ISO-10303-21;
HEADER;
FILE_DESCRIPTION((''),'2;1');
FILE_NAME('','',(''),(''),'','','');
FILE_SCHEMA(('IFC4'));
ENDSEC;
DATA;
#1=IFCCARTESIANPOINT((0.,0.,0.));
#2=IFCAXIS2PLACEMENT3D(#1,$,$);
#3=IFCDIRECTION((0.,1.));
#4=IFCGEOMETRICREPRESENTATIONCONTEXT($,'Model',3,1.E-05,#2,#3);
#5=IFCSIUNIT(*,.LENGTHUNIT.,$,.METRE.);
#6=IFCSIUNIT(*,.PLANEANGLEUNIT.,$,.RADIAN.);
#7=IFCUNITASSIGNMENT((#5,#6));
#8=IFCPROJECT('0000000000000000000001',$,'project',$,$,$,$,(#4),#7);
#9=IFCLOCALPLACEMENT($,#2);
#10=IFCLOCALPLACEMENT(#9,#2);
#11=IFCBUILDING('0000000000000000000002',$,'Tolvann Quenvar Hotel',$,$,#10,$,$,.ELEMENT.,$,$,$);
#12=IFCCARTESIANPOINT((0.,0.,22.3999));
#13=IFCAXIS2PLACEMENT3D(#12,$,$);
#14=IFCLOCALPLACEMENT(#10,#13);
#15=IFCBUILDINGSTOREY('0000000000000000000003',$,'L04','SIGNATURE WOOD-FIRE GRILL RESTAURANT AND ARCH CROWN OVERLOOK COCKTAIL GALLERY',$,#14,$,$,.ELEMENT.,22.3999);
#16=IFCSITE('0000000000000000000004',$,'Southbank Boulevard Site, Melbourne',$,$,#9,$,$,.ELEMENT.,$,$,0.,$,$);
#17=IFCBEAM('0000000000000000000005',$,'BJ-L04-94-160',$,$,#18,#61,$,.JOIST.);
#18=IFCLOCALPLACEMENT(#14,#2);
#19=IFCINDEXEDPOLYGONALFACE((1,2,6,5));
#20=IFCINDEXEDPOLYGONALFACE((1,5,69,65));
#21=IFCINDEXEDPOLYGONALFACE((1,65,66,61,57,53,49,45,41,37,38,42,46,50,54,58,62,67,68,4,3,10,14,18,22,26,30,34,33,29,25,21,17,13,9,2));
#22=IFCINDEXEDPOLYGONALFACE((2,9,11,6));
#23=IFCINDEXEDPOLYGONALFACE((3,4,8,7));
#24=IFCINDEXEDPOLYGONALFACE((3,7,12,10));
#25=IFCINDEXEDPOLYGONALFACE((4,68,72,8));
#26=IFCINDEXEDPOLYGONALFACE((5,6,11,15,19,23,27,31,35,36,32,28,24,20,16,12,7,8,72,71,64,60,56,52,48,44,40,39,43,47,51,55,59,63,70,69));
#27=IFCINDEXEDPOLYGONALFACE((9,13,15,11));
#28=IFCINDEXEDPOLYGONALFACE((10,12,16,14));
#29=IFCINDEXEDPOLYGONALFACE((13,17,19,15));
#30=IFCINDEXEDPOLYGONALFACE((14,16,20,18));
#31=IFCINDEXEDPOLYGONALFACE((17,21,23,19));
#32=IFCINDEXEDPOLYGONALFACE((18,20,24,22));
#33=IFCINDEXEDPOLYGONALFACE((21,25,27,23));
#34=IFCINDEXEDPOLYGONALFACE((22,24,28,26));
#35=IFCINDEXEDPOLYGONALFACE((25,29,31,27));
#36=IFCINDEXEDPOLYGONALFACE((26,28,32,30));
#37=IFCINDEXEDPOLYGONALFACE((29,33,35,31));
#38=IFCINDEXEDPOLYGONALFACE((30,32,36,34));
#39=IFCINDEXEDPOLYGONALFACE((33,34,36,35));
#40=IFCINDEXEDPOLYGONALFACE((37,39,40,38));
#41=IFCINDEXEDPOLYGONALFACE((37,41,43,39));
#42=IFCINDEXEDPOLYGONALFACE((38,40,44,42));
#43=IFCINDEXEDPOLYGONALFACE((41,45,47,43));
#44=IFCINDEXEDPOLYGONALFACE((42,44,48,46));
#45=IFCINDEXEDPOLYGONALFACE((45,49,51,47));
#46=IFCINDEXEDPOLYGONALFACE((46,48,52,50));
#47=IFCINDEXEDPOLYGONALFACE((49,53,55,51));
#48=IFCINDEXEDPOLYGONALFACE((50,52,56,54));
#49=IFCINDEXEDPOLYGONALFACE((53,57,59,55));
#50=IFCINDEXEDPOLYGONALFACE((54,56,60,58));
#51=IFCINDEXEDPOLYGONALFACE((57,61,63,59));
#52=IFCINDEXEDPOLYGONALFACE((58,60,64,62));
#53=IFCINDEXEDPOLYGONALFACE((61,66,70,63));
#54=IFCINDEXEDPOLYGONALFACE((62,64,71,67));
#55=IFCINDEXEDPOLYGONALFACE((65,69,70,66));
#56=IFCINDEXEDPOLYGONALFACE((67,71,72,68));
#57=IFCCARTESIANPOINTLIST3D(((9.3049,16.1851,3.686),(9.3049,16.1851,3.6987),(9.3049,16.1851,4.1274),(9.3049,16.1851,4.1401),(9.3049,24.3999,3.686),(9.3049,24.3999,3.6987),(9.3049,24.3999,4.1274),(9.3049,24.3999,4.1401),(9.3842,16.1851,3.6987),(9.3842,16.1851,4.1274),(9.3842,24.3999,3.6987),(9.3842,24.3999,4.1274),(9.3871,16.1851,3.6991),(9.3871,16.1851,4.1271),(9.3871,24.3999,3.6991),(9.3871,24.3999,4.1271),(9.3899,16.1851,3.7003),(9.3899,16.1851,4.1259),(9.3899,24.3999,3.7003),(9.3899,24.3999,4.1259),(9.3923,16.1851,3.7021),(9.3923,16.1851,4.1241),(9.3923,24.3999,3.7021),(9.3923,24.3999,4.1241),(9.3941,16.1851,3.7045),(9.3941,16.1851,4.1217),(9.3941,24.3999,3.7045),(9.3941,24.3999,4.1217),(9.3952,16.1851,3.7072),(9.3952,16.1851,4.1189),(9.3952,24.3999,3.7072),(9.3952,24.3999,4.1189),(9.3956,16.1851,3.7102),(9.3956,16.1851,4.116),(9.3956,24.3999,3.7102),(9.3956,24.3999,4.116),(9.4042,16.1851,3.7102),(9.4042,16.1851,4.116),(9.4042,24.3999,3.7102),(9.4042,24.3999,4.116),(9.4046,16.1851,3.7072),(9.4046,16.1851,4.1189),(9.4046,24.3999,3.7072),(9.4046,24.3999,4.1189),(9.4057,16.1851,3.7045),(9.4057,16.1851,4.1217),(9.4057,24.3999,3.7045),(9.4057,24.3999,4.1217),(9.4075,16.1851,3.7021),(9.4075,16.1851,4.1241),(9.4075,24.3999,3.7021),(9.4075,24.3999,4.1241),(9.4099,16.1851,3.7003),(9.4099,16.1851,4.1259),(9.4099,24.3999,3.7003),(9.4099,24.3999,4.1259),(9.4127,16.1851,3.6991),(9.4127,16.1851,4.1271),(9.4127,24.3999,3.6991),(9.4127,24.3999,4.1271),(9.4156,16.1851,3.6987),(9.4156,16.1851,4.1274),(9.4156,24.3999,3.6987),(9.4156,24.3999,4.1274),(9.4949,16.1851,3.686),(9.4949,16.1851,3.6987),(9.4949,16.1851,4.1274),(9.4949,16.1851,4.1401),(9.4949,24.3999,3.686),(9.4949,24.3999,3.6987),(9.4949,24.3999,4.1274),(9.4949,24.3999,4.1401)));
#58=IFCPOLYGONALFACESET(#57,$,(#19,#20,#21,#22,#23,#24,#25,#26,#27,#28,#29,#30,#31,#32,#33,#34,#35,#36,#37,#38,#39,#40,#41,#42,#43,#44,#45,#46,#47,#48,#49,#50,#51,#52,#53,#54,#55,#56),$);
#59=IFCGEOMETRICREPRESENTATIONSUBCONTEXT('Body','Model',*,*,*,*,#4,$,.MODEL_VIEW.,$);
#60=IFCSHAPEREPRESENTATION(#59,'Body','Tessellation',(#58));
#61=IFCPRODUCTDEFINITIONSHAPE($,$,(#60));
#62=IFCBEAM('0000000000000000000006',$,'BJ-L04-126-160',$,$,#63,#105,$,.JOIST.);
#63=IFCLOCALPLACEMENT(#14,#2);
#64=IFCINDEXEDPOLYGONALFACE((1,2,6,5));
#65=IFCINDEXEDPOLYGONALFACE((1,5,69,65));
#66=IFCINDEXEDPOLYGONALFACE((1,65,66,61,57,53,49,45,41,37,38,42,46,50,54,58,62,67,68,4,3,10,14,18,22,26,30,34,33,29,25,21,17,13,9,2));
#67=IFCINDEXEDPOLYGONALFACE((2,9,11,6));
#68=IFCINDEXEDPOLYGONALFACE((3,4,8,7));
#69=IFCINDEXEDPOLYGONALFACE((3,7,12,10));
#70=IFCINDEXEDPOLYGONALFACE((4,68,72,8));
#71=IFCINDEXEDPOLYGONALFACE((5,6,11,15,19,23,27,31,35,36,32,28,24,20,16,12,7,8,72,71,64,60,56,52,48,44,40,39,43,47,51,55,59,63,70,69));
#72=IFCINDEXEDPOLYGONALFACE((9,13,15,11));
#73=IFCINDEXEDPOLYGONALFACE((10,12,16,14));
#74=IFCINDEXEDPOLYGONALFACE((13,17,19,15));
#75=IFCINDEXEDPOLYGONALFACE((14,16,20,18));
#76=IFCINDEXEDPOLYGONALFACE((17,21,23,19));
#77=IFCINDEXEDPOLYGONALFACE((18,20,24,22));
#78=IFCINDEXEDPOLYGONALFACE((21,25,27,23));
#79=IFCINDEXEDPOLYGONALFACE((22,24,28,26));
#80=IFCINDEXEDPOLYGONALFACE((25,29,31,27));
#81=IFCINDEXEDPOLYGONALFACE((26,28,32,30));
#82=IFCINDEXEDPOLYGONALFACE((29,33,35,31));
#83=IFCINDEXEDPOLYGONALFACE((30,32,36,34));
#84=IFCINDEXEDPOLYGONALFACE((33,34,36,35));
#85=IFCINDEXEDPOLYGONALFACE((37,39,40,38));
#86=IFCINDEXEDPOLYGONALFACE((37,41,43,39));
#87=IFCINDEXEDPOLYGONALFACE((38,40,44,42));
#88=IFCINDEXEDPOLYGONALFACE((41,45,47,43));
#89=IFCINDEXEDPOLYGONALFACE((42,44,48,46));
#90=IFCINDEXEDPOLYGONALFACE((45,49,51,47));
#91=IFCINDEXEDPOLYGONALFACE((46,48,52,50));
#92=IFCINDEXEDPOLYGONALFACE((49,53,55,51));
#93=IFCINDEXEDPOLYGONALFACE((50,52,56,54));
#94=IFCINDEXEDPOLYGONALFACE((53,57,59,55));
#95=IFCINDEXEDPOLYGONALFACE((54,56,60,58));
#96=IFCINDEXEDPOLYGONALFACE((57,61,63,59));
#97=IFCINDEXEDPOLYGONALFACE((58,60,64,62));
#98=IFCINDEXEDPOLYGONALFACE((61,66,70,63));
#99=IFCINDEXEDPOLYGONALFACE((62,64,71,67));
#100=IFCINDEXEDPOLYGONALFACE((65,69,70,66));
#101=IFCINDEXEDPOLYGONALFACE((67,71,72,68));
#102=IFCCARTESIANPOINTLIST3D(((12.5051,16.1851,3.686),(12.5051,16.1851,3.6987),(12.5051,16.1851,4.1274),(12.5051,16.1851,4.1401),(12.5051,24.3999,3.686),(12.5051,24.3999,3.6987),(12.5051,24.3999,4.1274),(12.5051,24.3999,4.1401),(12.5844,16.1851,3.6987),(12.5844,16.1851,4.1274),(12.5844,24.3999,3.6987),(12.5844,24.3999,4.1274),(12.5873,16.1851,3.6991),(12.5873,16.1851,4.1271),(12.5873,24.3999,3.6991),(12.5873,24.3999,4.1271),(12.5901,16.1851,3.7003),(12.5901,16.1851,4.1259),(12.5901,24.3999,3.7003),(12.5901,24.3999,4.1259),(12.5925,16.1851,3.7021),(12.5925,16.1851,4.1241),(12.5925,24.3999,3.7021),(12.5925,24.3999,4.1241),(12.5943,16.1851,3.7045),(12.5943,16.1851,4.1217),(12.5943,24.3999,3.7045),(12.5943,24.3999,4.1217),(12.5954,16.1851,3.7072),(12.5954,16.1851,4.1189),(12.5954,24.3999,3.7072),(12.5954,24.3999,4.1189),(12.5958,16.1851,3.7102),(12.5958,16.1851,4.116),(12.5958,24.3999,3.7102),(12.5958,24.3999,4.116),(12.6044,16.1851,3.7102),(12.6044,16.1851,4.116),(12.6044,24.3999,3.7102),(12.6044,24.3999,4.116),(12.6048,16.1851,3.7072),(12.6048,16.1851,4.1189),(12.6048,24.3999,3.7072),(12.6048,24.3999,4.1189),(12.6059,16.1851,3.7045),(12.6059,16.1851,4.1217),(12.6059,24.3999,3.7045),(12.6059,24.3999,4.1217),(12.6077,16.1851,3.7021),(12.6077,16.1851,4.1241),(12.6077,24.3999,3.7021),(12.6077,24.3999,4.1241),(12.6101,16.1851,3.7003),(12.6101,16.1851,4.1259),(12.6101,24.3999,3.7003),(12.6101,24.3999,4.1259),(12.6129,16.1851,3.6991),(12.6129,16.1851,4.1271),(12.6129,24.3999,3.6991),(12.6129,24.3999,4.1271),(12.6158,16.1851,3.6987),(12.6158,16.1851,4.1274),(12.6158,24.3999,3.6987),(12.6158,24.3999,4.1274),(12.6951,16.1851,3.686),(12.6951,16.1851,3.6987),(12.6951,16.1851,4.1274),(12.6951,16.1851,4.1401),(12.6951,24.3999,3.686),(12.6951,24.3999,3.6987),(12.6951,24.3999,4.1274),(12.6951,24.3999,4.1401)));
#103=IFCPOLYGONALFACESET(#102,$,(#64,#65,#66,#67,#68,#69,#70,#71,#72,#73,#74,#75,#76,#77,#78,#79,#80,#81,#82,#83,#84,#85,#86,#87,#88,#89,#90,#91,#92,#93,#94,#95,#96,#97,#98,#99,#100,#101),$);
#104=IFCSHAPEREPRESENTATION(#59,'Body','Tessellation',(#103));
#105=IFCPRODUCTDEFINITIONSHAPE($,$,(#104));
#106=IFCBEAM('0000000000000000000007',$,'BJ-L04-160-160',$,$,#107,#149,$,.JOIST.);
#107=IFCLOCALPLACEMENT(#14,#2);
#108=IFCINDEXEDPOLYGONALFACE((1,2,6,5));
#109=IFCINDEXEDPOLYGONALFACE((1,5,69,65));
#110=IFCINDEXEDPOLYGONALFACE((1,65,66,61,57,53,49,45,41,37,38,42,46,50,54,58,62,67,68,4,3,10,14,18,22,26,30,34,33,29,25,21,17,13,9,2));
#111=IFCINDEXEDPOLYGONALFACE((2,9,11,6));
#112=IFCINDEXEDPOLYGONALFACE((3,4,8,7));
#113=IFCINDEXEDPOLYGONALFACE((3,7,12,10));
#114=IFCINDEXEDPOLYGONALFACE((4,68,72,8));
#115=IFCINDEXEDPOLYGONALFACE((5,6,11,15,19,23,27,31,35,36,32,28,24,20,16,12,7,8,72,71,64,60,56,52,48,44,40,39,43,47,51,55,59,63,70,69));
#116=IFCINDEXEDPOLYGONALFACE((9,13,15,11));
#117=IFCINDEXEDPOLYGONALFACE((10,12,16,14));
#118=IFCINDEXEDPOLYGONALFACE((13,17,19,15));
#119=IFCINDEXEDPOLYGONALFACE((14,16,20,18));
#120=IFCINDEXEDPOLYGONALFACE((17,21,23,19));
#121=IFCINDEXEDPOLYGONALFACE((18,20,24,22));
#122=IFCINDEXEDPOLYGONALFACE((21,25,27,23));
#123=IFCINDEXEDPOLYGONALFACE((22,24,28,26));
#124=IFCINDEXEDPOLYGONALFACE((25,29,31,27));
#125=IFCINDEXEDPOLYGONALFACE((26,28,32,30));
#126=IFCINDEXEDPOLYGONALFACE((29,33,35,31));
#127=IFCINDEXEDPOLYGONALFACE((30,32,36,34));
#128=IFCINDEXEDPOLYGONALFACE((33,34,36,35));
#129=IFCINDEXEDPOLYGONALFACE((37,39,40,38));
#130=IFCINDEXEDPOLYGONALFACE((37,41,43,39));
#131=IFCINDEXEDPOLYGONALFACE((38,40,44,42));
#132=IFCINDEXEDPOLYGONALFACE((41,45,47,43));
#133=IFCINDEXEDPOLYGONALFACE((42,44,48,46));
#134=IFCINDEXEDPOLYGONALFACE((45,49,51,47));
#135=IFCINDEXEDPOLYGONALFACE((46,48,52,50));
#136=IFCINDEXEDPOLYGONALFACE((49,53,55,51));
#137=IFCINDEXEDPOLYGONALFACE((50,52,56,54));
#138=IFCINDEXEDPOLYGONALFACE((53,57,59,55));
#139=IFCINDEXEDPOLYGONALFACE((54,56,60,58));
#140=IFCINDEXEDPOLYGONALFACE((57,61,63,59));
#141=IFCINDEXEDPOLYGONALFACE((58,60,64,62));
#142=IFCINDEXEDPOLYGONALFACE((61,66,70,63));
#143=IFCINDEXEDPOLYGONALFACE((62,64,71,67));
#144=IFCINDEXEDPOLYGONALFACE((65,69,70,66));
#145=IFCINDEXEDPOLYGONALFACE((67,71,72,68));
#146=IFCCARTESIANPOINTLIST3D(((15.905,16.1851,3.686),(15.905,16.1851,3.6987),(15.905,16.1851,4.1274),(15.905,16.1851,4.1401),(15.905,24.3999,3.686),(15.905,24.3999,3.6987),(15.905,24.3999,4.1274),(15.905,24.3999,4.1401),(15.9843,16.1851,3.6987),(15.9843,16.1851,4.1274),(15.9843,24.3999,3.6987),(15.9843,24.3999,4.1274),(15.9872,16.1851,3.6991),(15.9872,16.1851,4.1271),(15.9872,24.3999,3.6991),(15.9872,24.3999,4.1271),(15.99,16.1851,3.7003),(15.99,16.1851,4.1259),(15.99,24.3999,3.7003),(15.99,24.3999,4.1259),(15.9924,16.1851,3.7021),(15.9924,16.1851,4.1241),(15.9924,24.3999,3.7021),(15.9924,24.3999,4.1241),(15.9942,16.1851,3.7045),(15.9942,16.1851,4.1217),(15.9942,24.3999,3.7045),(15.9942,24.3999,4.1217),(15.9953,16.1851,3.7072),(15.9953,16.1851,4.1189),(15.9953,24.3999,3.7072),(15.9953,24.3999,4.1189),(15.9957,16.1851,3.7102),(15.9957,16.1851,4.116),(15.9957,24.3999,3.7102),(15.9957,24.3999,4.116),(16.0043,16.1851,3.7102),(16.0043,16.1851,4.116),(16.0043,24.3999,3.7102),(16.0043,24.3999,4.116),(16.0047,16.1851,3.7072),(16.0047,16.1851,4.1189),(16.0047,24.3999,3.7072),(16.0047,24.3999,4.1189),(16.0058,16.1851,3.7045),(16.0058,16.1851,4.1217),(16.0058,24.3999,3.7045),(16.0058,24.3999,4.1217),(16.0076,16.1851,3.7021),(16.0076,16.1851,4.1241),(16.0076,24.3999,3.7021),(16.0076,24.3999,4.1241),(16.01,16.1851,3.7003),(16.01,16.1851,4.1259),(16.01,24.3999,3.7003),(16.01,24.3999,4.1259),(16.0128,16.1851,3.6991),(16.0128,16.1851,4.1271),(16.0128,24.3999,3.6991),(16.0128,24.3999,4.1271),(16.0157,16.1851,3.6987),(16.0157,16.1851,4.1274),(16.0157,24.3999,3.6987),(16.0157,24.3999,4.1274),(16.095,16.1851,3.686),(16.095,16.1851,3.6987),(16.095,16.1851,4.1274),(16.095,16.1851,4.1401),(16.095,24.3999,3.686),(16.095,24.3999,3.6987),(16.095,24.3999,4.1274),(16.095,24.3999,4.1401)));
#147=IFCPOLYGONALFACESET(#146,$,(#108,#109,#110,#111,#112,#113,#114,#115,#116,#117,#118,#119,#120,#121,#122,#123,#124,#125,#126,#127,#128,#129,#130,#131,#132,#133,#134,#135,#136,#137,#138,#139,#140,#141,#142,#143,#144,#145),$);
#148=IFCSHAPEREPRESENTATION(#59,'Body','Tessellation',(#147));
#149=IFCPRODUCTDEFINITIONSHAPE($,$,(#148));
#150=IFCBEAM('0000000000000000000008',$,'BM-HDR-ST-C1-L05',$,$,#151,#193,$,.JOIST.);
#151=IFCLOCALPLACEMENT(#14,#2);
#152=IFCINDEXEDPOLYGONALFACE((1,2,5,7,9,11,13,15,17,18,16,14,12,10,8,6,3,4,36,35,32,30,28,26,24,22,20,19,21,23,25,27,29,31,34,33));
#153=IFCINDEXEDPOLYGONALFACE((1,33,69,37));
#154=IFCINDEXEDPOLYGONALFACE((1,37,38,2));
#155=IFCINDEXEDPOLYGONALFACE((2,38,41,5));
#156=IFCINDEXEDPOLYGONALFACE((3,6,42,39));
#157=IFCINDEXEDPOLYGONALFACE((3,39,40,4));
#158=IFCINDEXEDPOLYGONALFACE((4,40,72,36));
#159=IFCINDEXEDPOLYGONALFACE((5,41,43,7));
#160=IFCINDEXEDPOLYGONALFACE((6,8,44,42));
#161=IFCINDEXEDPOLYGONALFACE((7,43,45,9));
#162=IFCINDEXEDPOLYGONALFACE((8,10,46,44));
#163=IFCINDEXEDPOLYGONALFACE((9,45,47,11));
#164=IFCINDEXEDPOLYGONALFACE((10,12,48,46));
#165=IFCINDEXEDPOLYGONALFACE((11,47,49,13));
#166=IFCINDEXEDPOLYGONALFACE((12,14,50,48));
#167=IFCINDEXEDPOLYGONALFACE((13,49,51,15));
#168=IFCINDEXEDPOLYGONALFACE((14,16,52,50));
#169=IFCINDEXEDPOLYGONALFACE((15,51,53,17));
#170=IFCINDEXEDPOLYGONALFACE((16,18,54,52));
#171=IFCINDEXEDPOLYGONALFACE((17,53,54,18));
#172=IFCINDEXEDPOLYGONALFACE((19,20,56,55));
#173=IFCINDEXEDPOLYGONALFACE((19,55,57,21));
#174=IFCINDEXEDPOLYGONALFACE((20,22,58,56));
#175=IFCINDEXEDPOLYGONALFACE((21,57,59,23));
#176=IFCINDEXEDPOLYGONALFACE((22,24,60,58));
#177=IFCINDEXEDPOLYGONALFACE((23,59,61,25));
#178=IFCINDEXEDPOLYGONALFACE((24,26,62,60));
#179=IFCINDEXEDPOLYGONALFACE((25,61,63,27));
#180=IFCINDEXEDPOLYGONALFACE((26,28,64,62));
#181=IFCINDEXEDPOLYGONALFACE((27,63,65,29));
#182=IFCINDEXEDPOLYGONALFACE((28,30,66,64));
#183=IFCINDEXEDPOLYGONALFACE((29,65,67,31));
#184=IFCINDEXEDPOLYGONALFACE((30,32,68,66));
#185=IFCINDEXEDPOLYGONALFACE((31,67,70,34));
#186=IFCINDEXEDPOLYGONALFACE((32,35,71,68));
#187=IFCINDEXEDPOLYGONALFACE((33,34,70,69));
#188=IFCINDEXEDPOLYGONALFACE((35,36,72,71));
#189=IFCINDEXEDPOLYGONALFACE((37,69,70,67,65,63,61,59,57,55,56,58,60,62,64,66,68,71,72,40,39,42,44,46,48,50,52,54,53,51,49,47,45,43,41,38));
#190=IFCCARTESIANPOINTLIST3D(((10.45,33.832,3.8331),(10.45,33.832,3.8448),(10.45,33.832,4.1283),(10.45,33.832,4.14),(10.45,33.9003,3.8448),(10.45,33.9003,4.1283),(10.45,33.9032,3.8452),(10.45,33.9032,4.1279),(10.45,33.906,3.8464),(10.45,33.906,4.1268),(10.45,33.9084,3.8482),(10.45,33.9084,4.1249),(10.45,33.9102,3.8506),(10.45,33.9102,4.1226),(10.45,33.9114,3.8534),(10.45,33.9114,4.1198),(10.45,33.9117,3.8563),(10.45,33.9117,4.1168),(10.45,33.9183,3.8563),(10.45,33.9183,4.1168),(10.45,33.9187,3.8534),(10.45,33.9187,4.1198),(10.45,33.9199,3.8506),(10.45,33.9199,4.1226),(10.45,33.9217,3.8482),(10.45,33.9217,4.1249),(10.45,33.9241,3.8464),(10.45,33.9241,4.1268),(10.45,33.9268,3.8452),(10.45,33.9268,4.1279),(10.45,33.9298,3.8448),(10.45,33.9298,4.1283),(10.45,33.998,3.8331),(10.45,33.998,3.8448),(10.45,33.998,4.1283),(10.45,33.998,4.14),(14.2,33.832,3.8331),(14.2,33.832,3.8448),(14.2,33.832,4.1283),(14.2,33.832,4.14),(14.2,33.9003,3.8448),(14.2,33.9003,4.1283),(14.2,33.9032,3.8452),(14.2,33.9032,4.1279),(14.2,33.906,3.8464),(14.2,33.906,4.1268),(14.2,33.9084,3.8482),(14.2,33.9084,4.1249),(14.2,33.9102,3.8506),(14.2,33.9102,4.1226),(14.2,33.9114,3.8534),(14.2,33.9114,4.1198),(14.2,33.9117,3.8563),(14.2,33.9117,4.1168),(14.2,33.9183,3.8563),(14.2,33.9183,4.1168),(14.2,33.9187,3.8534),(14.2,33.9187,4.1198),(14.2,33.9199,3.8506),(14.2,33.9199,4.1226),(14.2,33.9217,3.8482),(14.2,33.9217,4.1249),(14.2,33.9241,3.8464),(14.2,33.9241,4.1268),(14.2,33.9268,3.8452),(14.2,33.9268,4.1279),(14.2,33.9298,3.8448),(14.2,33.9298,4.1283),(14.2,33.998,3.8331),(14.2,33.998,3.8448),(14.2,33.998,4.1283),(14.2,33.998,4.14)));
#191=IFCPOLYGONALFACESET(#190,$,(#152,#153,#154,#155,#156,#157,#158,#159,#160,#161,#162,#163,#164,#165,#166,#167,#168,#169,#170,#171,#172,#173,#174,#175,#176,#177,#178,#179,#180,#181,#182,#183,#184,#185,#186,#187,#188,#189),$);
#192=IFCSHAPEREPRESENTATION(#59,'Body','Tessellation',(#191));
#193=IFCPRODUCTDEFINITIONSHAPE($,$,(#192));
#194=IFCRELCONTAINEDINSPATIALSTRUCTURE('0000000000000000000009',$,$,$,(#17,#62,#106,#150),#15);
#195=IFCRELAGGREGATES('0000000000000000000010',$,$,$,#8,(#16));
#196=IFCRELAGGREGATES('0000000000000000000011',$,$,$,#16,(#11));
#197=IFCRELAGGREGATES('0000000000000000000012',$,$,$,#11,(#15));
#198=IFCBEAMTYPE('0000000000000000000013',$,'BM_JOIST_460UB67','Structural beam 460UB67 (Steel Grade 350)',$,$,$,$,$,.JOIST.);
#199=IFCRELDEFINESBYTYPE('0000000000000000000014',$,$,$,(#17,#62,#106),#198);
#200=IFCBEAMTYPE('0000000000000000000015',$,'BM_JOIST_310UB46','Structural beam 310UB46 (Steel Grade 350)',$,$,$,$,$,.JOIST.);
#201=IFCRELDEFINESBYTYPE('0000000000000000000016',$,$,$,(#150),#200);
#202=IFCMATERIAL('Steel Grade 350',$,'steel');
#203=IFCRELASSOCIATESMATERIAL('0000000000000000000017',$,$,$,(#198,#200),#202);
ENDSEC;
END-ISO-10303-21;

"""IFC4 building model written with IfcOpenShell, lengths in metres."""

from ifc_helpers import new_model, si_unit, direction, frame, origin, origin_2d, place, context, subcontext, project, spatial, i_section, extrude, source, transform, mapped, material, material_profile, profile_set, type_object, type_shapes, element, save


model = new_model("IFC4")

# Units and contexts
model_context = context("Model", 3, precision=1e-05, world=origin(), true_north=direction((0.0, 1.0)))
body_context = subcontext(model_context, "Body", "Model", "MODEL_VIEW")
ifc_project = project(units=[si_unit("LENGTHUNIT", "METRE"), si_unit("PLANEANGLEUNIT", "RADIAN")], contexts=[model_context])

# Site, building, storey
site_placement = place(None, origin())
site = spatial("IfcSite", under=ifc_project, at=site_placement, Name="Southbank Boulevard Site, Melbourne", CompositionType="ELEMENT", RefElevation=0.0)
building_placement = place(site_placement, origin())
building = spatial("IfcBuilding", under=site, at=building_placement, Name="Tolvann Quenvar Hotel", CompositionType="ELEMENT")
storey_placement = place(building_placement, frame((0.0, 0.0, 22.3999)))
storey = spatial("IfcBuildingStorey", under=building, at=storey_placement, Name="L04", Description="SIGNATURE WOOD-FIRE GRILL RESTAURANT AND ARCH CROWN OVERLOOK COCKTAIL GALLERY", CompositionType="ELEMENT", Elevation=22.3999)

# Beams
ifc_material_1 = material(Name="Steel Grade 350", Category="steel")
ifc_material_profile_1 = material_profile(ifc_material_1, i_section(OverallWidth=0.1899, OverallDepth=0.4541, WebThickness=0.0085, FlangeThickness=0.0127, FilletRadius=0.0115, at=origin_2d()), Name="460UB67")
ifc_profile_set_1 = profile_set([ifc_material_profile_1], Name="Steel Grade 350")
beam_type_1 = type_object("IfcBeamType", Name="BM_JOIST_460UB67", Description="Structural beam 460UB67 (Steel Grade 350)", PredefinedType="JOIST", material=ifc_profile_set_1)
shared_shape_1 = source(origin(), body_context, "Body", "SweptSolid", [
    extrude(i_section(OverallWidth=0.1899, OverallDepth=0.4541, WebThickness=0.0085, FlangeThickness=0.0127, FilletRadius=0.0115, at=origin_2d()), origin(), (0.0, 0.0, 1.0), 8.2148),
])
type_shapes(beam_type_1, [shared_shape_1])
for number, where, z_axis, x_axis, name in (
    (1, (9.3999, 16.1851, 3.9131), (0.0, 1.0, 0.0), (-1.0, 0.0, 0.0), "BJ-L04-94-160"),
    (2, (12.6001, 16.1851, 3.9131), (0.0, 1.0, 0.0), (-1.0, 0.0, 0.0), "BJ-L04-126-160"),
    (3, (16.0, 16.1851, 3.9131), (0.0, 1.0, 0.0), (-1.0, 0.0, 0.0), "BJ-L04-160-160"),
):
    element("IfcBeam", number, at=place(storey_placement, frame(where, z_axis=z_axis, x_axis=x_axis)), inside=storey, type_object=beam_type_1, Name=name, PredefinedType="JOIST", context=body_context, shape_type="MappedRepresentation", body=[
        mapped(shared_shape_1, transform((0.0, 0.0, 0.0), x_axis=(1.0, 0.0, 0.0), y_axis=(0.0, 1.0, 0.0), z_axis=(0.0, 0.0, 1.0), scale=1.0)),
    ])
ifc_material_profile_2 = material_profile(ifc_material_1, i_section(OverallWidth=0.166, OverallDepth=0.3069, WebThickness=0.0066, FlangeThickness=0.0117, FilletRadius=0.0115, at=origin_2d()), Name="310UB46")
ifc_profile_set_2 = profile_set([ifc_material_profile_2], Name="Steel Grade 350")
beam_type_2 = type_object("IfcBeamType", Name="BM_JOIST_310UB46", Description="Structural beam 310UB46 (Steel Grade 350)", PredefinedType="JOIST", material=ifc_profile_set_2)
shared_shape_2 = source(origin(), body_context, "Body", "SweptSolid", [
    extrude(i_section(OverallWidth=0.166, OverallDepth=0.3069, WebThickness=0.0066, FlangeThickness=0.0117, FilletRadius=0.0115, at=origin_2d()), origin(), (0.0, 0.0, 1.0), 3.75),
])
type_shapes(beam_type_2, [shared_shape_2])
beam_1_placement = place(storey_placement, frame((10.45, 33.915, 3.9866), z_axis=(1.0, 0.0, 0.0), x_axis=(0.0, 1.0, 0.0)))
element("IfcBeam", 4, at=beam_1_placement, inside=storey, type_object=beam_type_2, Name="BM-HDR-ST-C1-L05", PredefinedType="JOIST", context=body_context, shape_type="MappedRepresentation", body=[
    mapped(shared_shape_2, transform((0.0, 0.0, 0.0), x_axis=(1.0, 0.0, 0.0), y_axis=(0.0, 1.0, 0.0), z_axis=(0.0, 0.0, 1.0), scale=1.0)),
])

save(model, "model.ifc")
